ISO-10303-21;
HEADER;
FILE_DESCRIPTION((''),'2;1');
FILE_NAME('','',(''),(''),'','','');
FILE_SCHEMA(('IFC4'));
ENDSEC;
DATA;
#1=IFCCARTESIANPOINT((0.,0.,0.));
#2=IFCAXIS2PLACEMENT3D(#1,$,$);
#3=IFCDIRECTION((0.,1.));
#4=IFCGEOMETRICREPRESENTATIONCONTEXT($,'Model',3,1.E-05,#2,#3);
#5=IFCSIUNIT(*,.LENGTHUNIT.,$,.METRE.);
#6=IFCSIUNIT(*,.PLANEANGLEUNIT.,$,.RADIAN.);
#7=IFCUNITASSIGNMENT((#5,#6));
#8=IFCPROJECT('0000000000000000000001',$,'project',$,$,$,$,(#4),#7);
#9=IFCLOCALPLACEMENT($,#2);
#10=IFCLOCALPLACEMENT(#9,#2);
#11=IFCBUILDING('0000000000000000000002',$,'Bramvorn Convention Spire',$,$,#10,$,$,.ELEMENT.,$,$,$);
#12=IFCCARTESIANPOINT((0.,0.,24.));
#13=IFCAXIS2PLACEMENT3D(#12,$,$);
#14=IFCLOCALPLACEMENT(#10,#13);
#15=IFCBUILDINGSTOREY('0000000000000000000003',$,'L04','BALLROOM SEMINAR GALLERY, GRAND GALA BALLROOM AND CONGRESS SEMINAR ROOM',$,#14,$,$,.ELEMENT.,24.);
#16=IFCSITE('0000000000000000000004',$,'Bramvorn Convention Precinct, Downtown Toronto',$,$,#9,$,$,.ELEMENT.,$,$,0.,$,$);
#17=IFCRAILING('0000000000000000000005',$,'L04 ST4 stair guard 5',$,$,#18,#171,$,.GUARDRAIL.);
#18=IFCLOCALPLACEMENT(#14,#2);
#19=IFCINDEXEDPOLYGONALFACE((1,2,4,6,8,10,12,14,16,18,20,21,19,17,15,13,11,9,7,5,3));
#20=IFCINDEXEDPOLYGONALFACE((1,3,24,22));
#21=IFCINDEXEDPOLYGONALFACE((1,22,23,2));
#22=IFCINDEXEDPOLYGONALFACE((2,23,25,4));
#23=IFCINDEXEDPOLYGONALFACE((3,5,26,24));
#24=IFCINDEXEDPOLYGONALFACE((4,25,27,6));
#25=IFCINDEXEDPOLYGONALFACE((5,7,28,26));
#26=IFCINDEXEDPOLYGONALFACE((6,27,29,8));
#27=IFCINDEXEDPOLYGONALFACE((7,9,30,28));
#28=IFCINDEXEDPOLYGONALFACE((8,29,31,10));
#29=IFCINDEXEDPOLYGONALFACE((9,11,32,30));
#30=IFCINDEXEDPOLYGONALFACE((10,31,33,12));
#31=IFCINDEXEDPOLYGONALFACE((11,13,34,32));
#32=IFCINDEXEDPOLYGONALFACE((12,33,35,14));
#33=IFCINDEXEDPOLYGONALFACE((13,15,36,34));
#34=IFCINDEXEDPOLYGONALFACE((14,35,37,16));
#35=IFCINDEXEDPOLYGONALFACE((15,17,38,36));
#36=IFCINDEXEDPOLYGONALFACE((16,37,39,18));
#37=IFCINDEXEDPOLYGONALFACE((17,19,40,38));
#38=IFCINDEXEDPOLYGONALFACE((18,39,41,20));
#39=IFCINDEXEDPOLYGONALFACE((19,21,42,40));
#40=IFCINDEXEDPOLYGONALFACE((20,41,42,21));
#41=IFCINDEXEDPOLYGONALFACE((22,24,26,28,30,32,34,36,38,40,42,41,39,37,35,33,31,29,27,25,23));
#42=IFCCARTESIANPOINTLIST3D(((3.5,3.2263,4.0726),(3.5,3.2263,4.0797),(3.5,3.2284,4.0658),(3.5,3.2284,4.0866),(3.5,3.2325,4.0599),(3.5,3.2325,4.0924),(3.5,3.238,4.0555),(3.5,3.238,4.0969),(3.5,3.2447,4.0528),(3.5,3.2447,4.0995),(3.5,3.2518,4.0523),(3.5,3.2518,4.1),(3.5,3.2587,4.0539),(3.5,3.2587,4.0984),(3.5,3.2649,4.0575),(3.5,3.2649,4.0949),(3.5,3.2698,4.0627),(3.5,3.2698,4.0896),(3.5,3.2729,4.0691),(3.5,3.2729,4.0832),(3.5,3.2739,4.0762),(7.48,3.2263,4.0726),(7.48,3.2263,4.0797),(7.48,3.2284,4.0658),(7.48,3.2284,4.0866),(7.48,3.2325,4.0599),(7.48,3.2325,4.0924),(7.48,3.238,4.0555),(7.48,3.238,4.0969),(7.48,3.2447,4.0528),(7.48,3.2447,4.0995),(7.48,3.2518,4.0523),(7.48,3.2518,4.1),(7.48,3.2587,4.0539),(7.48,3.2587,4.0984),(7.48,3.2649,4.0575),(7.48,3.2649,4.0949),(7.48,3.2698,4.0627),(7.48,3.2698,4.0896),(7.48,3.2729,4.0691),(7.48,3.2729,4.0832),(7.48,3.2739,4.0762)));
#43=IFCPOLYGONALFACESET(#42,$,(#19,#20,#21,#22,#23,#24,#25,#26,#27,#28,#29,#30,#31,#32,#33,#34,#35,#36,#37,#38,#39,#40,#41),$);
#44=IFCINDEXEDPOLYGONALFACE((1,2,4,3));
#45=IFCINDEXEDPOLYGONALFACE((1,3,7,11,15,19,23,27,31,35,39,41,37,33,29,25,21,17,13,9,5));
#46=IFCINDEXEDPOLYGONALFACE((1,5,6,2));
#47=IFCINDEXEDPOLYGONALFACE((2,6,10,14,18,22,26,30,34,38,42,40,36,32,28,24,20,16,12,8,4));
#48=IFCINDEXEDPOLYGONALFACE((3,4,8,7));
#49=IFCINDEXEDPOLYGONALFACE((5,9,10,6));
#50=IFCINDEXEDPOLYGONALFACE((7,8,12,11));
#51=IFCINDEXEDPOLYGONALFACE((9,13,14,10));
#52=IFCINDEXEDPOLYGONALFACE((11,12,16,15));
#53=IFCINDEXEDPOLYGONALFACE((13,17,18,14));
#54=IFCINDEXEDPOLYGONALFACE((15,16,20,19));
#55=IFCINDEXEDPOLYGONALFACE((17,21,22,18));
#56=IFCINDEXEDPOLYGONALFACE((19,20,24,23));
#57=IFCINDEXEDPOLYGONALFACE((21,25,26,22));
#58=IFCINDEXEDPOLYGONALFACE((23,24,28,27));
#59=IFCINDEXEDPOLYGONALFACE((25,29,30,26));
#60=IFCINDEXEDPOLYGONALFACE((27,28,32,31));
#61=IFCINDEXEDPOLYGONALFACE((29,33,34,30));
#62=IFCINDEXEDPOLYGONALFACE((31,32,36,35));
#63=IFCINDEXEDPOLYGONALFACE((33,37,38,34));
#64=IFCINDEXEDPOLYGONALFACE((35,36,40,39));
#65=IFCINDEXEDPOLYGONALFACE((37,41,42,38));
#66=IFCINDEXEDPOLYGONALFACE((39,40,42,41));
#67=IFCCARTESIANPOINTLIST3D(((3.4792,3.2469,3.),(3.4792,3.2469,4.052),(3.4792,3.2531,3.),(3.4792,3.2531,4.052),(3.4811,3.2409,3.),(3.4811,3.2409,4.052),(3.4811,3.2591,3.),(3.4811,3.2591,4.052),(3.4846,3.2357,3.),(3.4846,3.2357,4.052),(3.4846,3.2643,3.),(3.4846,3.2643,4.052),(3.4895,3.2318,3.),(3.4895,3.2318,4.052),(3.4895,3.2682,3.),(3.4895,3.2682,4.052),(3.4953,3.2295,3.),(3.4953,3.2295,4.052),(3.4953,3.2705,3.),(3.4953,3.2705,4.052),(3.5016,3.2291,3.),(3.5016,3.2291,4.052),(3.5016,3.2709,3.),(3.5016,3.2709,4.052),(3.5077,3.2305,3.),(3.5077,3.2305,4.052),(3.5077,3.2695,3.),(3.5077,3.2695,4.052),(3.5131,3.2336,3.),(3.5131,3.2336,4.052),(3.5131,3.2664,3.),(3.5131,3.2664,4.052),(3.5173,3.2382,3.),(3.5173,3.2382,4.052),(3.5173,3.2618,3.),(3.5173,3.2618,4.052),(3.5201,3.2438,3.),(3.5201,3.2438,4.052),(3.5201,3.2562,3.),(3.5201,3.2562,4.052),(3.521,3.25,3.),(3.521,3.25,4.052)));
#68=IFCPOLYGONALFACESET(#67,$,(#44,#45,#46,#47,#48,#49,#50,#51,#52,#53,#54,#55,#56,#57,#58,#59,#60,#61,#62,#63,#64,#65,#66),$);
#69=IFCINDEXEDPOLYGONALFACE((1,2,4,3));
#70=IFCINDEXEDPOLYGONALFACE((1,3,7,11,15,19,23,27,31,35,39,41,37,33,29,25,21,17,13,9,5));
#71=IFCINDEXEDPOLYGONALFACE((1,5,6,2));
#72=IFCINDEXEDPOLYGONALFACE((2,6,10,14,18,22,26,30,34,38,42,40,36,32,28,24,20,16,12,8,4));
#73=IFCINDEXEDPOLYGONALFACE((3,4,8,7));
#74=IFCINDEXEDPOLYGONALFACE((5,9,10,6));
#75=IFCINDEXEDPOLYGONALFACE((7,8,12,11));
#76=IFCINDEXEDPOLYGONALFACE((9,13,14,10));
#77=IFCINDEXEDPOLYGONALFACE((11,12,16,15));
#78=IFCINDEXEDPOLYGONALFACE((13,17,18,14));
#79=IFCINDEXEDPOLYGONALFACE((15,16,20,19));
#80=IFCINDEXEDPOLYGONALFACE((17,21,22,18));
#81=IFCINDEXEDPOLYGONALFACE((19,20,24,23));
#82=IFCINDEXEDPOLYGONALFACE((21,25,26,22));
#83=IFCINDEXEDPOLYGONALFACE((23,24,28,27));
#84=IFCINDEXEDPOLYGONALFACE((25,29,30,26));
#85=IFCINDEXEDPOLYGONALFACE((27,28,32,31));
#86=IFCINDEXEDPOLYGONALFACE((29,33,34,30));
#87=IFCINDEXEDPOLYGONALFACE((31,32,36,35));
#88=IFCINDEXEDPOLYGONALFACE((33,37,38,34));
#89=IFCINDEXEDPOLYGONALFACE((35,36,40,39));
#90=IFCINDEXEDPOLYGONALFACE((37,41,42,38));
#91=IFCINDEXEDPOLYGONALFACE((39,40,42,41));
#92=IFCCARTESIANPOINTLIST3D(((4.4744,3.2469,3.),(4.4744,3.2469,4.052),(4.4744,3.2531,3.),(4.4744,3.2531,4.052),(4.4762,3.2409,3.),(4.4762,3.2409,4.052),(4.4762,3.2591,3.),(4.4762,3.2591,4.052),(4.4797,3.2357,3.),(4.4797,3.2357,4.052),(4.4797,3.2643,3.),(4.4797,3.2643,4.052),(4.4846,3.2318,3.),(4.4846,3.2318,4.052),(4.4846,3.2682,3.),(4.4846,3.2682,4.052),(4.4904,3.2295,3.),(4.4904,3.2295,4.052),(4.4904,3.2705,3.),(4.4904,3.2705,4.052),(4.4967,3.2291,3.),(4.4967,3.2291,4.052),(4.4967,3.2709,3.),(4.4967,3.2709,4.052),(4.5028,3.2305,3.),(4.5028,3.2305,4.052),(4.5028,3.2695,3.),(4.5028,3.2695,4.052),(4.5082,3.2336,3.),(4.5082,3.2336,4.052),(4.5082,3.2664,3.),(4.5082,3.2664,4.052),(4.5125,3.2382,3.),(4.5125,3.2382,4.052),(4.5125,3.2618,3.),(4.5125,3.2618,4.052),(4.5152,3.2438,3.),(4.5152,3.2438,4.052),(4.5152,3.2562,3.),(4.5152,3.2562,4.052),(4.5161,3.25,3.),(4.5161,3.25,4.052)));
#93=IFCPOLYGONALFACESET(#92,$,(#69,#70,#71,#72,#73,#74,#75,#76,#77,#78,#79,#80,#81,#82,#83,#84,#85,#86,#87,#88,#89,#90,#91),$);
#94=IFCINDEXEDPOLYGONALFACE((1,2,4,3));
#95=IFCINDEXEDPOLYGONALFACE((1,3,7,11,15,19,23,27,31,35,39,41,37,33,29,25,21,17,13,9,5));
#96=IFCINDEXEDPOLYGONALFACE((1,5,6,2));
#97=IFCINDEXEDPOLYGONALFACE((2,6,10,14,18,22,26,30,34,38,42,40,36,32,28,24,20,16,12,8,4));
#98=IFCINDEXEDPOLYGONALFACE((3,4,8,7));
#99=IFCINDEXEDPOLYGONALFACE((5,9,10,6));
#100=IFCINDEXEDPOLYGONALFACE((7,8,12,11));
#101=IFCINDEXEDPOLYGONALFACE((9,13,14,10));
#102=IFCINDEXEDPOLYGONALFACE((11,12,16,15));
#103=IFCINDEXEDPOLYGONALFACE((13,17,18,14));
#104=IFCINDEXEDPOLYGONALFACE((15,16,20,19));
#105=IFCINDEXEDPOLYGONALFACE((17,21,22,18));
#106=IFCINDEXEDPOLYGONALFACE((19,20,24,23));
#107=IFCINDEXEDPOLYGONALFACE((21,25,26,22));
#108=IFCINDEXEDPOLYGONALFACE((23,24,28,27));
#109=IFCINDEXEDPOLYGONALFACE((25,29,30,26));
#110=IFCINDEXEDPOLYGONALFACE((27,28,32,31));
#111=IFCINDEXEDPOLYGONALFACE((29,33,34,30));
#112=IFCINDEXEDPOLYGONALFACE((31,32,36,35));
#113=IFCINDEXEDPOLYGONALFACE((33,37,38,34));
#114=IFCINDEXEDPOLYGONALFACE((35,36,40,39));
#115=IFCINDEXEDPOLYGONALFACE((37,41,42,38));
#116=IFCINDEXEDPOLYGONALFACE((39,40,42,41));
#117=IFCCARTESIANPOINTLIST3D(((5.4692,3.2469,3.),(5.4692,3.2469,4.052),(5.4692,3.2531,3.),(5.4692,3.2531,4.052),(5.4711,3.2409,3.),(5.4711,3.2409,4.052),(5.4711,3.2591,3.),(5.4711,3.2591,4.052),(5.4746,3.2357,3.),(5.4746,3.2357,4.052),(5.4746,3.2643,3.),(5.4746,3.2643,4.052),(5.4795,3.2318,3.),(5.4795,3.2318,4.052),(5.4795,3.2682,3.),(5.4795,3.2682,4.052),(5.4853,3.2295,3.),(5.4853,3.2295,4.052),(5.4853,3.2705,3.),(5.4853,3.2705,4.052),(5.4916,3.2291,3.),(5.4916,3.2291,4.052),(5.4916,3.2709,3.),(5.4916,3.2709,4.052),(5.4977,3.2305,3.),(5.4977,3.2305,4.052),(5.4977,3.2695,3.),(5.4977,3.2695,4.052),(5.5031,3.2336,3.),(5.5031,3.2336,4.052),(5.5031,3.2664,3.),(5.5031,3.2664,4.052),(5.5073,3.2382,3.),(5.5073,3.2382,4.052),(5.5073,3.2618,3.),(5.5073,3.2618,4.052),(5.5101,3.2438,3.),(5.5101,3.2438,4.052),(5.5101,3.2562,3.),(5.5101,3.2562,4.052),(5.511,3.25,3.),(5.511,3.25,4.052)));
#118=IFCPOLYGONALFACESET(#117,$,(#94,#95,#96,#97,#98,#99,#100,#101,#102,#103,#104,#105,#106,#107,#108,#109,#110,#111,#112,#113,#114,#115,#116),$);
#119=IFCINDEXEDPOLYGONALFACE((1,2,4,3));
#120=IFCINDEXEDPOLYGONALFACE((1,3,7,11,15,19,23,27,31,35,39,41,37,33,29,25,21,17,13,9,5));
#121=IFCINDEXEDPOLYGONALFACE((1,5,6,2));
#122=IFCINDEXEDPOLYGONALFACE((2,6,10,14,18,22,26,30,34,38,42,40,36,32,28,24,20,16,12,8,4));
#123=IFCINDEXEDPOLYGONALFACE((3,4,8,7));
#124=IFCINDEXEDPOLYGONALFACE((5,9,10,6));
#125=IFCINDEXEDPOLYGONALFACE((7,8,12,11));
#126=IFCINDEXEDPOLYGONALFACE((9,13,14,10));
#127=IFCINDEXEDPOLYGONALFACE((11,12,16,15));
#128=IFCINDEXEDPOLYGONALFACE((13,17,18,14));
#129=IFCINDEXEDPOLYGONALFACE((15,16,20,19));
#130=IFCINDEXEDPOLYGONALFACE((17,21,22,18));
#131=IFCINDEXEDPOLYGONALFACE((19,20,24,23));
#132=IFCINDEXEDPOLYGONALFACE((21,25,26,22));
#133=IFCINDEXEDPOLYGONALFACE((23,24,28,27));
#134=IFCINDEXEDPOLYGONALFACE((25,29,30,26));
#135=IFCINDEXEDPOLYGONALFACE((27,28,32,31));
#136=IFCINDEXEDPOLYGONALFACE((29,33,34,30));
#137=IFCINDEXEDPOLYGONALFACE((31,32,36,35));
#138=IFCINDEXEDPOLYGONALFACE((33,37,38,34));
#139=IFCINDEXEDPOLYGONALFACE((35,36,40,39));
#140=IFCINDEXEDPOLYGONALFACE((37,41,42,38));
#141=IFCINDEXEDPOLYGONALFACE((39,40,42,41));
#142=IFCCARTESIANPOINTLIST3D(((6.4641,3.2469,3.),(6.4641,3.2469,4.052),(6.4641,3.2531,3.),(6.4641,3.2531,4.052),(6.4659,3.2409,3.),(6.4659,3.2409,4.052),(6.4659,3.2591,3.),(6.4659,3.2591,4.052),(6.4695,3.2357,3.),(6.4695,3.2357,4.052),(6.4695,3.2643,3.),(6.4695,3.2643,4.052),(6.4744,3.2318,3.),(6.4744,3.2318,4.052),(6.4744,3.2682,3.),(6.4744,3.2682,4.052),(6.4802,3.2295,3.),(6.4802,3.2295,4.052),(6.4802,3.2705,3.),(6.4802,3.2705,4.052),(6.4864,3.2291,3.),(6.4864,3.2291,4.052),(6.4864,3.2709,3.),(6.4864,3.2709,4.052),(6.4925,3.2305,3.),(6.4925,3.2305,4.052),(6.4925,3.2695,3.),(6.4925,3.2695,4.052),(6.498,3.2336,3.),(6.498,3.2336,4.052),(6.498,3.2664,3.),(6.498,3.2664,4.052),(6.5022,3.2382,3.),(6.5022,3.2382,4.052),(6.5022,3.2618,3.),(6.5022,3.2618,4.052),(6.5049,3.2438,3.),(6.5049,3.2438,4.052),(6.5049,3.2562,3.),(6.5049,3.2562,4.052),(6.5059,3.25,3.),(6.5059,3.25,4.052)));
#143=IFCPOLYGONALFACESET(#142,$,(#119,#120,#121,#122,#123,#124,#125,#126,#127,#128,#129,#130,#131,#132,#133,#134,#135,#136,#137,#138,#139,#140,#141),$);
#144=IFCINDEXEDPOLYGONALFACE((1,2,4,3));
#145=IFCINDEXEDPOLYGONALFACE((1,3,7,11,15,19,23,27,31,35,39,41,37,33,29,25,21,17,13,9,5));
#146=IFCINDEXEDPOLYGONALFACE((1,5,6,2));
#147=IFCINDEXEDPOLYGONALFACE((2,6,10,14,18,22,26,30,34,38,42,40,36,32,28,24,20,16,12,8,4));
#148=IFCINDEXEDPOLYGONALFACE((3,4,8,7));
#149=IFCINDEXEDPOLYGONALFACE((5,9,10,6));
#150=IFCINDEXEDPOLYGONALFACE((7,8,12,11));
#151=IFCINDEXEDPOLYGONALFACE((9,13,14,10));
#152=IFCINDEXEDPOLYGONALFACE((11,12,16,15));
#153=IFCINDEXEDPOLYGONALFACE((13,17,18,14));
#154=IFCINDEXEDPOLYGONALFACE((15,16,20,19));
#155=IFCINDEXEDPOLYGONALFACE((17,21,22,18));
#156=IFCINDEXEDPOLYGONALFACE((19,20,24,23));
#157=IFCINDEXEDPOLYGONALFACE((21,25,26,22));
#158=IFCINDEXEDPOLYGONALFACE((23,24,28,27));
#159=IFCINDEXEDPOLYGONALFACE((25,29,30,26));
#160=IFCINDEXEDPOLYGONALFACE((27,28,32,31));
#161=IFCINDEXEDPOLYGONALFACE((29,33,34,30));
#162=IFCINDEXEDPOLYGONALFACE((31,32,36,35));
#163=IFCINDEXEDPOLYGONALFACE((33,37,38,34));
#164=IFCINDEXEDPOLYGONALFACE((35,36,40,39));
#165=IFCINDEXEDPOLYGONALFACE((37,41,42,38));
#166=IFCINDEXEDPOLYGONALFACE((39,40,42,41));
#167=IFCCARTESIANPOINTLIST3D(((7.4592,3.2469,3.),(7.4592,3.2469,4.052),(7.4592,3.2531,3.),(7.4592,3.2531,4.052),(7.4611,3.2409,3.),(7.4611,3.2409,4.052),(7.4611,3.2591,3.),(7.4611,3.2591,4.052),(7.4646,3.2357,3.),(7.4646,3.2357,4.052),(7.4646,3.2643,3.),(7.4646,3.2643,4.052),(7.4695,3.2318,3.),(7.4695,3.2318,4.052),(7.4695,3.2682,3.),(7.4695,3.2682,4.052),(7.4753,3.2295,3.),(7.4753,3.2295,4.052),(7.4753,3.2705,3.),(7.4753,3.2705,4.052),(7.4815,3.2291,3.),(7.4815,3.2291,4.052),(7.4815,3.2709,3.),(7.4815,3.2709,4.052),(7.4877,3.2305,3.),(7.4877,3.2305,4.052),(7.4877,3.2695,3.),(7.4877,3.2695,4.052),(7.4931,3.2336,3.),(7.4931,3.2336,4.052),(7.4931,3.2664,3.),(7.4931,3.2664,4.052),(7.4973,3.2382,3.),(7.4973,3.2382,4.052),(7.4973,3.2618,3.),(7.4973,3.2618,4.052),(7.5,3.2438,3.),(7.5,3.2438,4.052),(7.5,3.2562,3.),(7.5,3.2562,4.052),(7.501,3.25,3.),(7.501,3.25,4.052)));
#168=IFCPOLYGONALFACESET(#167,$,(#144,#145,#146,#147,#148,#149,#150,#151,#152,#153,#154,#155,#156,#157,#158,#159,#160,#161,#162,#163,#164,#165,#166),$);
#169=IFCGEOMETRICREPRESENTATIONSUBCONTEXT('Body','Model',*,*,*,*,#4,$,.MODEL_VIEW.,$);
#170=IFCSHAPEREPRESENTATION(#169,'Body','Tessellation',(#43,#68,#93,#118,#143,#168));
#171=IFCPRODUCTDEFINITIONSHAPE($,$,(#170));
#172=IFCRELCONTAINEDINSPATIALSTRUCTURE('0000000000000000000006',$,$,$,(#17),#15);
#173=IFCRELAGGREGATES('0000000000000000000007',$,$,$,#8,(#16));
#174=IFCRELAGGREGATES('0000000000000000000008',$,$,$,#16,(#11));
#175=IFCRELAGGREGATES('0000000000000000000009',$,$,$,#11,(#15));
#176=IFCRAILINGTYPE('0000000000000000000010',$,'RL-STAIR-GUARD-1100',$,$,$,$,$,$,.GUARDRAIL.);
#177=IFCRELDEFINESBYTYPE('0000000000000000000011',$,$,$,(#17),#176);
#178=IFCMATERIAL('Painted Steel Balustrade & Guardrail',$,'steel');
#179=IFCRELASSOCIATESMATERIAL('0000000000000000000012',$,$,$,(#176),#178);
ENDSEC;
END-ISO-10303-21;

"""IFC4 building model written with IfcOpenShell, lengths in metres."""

from ifc_helpers import new_model, si_unit, direction, frame, origin, origin_2d, place, context, subcontext, project, spatial, circle, extrude, material, type_object, element, save


model = new_model("IFC4")

# Units and contexts
model_context = context("Model", 3, precision=1e-05, world=origin(), true_north=direction((0.0, 1.0)))
body_context = subcontext(model_context, "Body", "Model", "MODEL_VIEW")
ifc_project = project(units=[si_unit("LENGTHUNIT", "METRE"), si_unit("PLANEANGLEUNIT", "RADIAN")], contexts=[model_context])

# Site, building, storey
site_placement = place(None, origin())
site = spatial("IfcSite", under=ifc_project, at=site_placement, Name="Bramvorn Convention Precinct, Downtown Toronto", CompositionType="ELEMENT", RefElevation=0.0)
building_placement = place(site_placement, origin())
building = spatial("IfcBuilding", under=site, at=building_placement, Name="Bramvorn Convention Spire", CompositionType="ELEMENT")
storey_placement = place(building_placement, frame((0.0, 0.0, 24.0)))
storey = spatial("IfcBuildingStorey", under=building, at=storey_placement, Name="L04", Description="BALLROOM SEMINAR GALLERY, GRAND GALA BALLROOM AND CONGRESS SEMINAR ROOM", CompositionType="ELEMENT", Elevation=24.0)

# Railing
ifc_material_1 = material(Name="Painted Steel Balustrade & Guardrail", Category="steel")
railing_type_1 = type_object("IfcRailingType", Name="RL-STAIR-GUARD-1100", PredefinedType="GUARDRAIL", material=ifc_material_1)
railing_1_placement = place(storey_placement, frame((3.5, 3.25, 3.0)))
element("IfcRailing", 1, at=railing_1_placement, inside=storey, type_object=railing_type_1, Name="L04 ST4 stair guard 5", PredefinedType="GUARDRAIL", context=body_context, shape_type="SweptSolid", body=[
    extrude(circle(Radius=0.0239, at=origin_2d()), frame((0.0, 0.0, 1.0762), z_axis=(1.0, 0.0, 0.0), x_axis=(0.0, 1.0, 0.0)), (0.0, 0.0, 1.0), 3.98),
    extrude(circle(Radius=0.021, at=origin_2d()), origin(), (0.0, 0.0, 1.0), 1.052),
    extrude(circle(Radius=0.021, at=origin_2d()), frame((0.9951, 0.0, 0.0)), (0.0, 0.0, 1.0), 1.052),
    extrude(circle(Radius=0.021, at=origin_2d()), frame((1.99, 0.0, 0.0)), (0.0, 0.0, 1.0), 1.052),
    extrude(circle(Radius=0.021, at=origin_2d()), frame((2.9849, 0.0, 0.0)), (0.0, 0.0, 1.0), 1.052),
    extrude(circle(Radius=0.021, at=origin_2d()), frame((3.98, 0.0, 0.0)), (0.0, 0.0, 1.0), 1.052),
])

save(model, "model.ifc")
